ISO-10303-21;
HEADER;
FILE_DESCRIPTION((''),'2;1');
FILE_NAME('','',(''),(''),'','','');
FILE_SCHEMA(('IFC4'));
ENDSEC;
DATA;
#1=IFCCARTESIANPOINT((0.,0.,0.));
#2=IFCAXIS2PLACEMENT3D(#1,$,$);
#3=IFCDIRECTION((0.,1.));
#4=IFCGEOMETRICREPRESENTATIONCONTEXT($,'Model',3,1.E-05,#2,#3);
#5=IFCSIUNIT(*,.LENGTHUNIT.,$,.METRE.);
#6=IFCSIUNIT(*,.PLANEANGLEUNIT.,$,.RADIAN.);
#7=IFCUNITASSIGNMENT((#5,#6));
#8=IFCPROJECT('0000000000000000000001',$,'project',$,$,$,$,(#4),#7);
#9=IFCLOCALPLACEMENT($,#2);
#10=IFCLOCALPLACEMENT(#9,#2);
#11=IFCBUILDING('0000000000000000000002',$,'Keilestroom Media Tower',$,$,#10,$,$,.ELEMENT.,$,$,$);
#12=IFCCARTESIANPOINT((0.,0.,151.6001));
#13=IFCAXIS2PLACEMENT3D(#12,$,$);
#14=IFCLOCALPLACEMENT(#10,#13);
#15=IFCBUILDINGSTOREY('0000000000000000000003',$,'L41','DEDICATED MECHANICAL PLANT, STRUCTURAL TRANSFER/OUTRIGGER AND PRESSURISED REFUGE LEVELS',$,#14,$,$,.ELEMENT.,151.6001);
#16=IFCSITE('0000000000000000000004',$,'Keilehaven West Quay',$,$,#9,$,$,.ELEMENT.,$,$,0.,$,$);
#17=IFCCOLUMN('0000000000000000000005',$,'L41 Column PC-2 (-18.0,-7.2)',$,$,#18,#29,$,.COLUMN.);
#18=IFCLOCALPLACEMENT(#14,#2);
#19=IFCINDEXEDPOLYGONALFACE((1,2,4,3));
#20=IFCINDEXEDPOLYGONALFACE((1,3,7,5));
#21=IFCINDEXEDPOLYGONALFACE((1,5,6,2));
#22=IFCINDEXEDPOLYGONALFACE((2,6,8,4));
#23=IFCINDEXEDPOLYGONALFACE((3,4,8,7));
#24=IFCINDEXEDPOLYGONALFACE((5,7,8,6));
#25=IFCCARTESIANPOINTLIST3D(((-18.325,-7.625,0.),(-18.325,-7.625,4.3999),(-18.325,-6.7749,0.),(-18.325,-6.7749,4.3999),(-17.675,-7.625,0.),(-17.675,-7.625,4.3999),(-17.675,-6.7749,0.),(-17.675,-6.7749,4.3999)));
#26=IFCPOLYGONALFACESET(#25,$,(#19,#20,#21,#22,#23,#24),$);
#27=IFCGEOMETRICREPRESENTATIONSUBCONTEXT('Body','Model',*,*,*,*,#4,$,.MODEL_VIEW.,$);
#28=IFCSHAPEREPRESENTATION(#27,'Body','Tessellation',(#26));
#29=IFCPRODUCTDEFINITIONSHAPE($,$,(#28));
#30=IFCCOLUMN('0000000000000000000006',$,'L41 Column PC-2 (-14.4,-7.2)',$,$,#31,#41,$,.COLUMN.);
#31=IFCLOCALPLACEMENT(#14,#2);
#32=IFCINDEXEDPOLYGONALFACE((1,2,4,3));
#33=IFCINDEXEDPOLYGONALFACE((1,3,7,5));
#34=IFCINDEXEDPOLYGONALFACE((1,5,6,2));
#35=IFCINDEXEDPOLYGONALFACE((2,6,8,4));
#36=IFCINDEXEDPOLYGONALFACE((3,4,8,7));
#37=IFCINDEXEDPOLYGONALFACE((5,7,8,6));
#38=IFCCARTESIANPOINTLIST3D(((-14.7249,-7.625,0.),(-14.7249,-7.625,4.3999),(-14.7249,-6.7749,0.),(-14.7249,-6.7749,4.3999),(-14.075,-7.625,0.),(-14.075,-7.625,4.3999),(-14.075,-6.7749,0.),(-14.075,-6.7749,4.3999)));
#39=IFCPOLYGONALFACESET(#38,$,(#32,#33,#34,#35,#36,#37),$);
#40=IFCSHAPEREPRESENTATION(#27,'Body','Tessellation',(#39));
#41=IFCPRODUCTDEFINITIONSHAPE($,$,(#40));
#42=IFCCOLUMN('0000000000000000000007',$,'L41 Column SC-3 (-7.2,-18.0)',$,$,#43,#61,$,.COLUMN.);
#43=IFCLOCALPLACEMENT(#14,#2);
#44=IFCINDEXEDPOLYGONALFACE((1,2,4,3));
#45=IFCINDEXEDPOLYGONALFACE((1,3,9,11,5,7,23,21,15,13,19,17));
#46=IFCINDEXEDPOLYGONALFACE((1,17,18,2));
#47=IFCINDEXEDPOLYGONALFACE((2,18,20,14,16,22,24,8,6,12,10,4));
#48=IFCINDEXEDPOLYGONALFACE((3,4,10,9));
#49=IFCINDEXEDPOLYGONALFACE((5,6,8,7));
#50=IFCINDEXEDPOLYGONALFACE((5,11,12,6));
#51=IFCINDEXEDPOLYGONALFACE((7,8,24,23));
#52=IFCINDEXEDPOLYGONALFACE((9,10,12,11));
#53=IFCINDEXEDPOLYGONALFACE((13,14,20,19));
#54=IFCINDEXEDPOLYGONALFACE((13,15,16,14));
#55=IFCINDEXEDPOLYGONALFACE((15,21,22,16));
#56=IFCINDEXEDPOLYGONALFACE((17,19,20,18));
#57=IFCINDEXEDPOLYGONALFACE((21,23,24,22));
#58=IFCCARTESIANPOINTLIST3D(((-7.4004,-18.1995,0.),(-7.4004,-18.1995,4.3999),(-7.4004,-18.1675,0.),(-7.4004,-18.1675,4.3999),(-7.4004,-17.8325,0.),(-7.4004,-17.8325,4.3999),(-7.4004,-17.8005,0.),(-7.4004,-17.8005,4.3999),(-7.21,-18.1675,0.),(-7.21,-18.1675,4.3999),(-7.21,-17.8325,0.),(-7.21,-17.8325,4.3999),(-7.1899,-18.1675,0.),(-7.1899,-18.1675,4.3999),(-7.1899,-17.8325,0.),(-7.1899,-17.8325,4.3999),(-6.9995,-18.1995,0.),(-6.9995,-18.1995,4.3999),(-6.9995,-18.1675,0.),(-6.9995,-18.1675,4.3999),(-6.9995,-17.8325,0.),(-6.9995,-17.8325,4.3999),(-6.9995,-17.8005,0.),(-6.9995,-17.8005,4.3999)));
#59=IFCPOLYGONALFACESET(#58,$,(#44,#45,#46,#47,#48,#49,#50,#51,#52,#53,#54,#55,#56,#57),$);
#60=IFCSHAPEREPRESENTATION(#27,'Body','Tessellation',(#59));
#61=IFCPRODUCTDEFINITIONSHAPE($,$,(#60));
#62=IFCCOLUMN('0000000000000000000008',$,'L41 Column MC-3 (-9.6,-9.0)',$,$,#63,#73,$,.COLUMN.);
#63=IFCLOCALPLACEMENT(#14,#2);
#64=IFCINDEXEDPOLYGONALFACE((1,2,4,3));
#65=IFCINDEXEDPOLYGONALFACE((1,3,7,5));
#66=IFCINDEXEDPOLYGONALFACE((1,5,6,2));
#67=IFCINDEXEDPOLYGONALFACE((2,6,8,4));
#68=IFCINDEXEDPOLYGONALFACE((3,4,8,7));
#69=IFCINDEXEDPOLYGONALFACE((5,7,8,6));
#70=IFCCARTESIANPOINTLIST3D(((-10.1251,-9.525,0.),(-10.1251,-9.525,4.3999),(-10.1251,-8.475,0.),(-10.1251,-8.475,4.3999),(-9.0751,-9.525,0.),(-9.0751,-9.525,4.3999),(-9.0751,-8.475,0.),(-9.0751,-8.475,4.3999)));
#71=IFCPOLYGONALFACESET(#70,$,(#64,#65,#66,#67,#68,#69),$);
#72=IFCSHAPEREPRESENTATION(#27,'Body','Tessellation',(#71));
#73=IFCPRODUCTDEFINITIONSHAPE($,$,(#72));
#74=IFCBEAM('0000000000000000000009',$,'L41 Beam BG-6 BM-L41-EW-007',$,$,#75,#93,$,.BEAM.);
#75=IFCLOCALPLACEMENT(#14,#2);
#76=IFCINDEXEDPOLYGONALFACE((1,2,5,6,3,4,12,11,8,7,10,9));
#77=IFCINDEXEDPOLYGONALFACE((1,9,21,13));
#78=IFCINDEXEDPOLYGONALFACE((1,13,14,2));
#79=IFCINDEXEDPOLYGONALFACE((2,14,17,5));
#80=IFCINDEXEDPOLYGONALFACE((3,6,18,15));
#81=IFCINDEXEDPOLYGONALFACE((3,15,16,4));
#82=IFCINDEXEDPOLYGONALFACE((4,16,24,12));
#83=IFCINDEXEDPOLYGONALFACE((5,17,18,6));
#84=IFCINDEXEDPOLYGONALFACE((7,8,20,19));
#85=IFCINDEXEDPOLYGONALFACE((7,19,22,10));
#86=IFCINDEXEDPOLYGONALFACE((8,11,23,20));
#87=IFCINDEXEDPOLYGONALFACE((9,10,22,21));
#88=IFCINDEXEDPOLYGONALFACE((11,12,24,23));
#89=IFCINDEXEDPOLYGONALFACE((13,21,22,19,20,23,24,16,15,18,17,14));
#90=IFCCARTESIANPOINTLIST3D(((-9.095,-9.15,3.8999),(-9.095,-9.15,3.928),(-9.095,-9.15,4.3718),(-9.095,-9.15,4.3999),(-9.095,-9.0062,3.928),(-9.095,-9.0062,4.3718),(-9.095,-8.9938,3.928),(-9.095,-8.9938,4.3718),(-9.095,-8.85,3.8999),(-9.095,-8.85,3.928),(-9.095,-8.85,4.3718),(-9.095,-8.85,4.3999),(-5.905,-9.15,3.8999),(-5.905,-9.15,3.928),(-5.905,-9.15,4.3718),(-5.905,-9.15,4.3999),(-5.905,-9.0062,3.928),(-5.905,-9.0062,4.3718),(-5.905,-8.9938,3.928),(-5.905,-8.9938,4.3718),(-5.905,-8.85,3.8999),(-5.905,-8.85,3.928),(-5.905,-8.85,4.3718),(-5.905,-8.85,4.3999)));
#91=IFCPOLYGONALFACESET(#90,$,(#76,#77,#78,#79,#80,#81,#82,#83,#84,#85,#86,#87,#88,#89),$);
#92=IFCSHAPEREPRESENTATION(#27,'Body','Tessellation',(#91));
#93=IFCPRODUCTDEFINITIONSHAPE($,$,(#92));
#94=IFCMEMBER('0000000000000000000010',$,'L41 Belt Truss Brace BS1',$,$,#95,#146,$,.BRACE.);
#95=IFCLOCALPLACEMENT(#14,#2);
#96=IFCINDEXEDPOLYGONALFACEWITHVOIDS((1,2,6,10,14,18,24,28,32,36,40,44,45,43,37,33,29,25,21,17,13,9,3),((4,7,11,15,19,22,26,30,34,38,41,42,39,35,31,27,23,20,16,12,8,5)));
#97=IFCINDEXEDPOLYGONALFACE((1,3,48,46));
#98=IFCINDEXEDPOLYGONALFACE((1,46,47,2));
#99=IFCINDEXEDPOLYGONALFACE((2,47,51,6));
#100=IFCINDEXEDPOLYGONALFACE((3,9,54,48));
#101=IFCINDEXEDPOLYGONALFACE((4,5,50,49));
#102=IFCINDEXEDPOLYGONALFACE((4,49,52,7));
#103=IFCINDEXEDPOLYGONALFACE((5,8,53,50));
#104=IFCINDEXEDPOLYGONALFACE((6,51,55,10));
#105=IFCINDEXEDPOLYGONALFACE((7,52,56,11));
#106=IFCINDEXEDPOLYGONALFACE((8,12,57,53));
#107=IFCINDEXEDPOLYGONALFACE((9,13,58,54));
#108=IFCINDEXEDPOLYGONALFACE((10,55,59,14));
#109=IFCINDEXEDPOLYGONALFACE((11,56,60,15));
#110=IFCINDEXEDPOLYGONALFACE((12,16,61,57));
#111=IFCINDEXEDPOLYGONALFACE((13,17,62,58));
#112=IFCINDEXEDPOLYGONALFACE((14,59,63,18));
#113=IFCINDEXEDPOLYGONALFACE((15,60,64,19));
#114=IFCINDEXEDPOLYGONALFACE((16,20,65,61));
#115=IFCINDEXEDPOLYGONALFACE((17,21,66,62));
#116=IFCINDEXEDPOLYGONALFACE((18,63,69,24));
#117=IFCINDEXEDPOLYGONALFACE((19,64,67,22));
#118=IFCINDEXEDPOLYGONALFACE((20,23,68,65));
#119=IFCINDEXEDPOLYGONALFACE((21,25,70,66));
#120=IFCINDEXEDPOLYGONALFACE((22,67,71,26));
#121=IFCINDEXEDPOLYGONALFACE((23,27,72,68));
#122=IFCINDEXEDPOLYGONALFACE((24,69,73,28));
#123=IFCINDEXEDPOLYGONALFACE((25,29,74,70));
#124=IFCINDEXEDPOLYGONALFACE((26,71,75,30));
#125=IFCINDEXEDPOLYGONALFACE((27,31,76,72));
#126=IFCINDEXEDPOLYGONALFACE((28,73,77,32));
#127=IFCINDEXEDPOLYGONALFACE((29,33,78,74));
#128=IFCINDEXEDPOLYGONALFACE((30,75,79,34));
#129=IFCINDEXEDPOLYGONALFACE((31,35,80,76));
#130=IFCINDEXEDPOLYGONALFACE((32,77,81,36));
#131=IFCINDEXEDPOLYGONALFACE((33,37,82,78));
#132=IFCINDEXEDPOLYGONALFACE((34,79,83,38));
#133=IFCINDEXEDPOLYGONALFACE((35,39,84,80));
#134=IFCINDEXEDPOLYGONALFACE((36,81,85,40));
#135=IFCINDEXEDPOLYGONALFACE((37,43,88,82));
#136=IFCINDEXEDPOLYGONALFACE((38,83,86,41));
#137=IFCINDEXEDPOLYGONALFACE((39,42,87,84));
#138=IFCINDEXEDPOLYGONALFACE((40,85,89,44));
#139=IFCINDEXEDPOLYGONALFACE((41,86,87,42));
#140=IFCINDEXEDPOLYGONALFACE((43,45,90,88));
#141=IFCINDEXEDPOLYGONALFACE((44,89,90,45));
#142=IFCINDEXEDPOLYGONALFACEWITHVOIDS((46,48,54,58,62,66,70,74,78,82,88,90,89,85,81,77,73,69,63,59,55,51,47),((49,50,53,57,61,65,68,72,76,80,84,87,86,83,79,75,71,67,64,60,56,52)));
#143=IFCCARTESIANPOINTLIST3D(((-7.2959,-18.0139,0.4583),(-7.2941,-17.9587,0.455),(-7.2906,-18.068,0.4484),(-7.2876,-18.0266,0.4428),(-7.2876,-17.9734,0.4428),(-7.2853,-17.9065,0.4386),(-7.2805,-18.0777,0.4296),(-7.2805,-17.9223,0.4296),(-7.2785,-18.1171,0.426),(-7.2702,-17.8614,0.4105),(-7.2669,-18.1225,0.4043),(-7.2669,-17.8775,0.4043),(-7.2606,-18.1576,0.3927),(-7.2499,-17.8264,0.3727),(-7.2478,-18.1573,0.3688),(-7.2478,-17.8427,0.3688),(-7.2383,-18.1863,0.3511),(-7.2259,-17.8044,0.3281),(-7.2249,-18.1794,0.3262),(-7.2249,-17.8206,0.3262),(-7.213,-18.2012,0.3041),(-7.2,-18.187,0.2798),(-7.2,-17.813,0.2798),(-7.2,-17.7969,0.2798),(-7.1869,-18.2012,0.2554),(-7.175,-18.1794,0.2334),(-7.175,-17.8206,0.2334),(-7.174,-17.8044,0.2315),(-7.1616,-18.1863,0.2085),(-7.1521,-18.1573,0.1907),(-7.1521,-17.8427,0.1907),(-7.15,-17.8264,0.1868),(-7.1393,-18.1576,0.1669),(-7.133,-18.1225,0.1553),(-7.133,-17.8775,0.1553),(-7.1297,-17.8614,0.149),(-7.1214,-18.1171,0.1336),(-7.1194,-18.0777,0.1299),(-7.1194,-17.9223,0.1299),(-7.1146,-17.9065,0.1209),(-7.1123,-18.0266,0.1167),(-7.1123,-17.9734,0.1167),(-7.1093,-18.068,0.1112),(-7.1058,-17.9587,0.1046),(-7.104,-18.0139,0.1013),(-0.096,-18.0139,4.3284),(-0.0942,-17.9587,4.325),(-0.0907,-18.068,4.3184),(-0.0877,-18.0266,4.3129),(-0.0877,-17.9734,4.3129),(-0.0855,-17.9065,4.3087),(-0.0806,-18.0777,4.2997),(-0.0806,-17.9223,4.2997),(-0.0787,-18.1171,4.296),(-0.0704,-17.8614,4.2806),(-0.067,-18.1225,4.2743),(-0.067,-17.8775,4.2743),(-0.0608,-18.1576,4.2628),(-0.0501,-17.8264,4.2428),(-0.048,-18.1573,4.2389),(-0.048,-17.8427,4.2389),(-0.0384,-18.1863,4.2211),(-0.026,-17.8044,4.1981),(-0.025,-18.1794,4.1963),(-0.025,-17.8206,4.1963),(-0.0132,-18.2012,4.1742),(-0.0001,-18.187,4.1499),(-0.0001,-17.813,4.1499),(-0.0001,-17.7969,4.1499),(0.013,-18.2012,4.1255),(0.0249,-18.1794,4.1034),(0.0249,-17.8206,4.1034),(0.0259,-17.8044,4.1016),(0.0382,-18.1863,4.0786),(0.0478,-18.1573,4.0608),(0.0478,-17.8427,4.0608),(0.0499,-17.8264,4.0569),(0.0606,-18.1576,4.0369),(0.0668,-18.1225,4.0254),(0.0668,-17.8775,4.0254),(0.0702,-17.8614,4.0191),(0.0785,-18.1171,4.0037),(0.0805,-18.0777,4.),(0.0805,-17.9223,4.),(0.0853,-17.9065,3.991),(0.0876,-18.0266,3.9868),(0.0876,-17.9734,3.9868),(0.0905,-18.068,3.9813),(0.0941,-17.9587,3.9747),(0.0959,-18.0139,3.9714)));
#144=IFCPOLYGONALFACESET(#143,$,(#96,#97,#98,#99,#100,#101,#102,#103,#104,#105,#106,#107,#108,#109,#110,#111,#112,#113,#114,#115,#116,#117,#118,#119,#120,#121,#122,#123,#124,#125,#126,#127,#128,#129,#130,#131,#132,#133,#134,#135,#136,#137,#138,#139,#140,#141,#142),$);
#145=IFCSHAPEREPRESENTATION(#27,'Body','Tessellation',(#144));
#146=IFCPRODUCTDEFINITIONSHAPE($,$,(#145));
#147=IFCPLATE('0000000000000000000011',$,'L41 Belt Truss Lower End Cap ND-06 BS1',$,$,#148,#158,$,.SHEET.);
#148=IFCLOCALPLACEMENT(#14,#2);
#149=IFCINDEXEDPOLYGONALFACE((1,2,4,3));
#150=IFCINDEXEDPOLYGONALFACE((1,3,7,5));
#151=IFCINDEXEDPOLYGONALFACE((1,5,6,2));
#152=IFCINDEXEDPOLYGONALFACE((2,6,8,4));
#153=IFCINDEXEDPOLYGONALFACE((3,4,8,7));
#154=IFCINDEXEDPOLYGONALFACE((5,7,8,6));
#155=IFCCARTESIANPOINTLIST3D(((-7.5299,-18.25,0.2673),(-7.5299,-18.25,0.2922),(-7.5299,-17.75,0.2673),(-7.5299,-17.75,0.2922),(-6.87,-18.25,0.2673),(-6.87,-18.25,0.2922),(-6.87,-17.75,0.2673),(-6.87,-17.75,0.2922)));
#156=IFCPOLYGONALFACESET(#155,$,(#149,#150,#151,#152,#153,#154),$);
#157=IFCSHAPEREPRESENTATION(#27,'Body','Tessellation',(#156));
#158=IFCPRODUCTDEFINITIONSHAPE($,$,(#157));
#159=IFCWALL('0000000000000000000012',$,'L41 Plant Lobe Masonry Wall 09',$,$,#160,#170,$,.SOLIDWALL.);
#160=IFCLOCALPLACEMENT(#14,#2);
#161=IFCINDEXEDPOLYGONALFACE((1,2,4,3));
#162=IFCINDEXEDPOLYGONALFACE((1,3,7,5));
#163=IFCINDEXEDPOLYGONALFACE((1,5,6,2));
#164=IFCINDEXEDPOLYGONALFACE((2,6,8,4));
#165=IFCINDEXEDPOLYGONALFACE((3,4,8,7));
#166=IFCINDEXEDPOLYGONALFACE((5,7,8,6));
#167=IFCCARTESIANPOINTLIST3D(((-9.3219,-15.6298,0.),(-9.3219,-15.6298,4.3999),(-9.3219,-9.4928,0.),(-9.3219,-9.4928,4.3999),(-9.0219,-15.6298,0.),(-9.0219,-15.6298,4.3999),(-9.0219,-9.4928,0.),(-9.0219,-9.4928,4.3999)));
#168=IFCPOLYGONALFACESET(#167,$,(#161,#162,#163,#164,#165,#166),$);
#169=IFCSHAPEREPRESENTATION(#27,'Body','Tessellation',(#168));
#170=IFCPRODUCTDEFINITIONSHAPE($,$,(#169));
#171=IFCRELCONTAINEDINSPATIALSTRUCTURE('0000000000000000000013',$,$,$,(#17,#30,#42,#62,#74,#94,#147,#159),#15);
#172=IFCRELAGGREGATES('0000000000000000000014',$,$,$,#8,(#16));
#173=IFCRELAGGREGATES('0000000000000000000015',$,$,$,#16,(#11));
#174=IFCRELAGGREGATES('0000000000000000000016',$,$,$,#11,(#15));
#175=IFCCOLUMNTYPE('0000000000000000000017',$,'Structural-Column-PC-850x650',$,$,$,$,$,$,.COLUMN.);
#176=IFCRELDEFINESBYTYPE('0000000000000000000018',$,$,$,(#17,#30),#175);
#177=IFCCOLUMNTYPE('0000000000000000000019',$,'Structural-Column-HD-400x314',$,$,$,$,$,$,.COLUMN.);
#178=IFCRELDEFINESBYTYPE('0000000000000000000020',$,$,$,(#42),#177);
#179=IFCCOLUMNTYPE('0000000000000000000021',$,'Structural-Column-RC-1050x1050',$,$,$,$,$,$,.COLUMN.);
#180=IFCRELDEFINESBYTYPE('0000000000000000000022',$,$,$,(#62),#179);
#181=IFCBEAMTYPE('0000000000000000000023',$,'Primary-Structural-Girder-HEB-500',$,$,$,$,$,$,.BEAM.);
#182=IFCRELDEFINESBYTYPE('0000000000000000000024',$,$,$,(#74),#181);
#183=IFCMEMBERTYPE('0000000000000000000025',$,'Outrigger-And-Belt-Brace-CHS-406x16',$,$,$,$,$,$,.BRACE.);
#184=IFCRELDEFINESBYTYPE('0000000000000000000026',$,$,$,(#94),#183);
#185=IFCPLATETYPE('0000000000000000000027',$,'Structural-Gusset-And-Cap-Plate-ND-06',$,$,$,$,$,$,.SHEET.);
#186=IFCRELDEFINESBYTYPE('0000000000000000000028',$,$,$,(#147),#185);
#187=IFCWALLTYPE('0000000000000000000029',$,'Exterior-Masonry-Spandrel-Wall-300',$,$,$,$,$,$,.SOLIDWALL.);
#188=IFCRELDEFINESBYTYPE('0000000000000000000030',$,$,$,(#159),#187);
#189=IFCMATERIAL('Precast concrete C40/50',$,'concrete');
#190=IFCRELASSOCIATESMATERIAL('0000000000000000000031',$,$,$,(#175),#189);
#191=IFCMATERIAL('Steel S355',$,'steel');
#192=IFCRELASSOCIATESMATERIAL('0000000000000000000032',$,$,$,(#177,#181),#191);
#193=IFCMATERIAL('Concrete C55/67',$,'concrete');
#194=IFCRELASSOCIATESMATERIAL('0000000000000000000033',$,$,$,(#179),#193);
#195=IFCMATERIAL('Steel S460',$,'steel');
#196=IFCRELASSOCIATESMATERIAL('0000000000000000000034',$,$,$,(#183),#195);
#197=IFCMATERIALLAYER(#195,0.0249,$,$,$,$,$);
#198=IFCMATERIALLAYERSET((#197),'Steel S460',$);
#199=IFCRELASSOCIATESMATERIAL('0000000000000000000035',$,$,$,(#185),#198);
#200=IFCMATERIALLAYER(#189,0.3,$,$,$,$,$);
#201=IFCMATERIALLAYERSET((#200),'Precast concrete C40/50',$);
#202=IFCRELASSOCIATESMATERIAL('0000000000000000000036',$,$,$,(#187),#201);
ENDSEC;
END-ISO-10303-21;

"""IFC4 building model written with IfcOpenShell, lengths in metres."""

from ifc_helpers import new_model, si_unit, direction, frame, frame_2d, origin, origin_2d, place, context, subcontext, project, spatial, rectangle, hollow_circle, i_section, extrude, source, transform, mapped, material, layer, layer_set, material_profile, profile_set, type_object, element, save


model = new_model("IFC4")

# Units and contexts
model_context = context("Model", 3, precision=1e-05, world=origin(), true_north=direction((0.0, 1.0)))
body_context = subcontext(model_context, "Body", "Model", "MODEL_VIEW")
ifc_project = project(units=[si_unit("LENGTHUNIT", "METRE"), si_unit("PLANEANGLEUNIT", "RADIAN")], contexts=[model_context])

# Site, building, storey
site_placement = place(None, origin())
site = spatial("IfcSite", under=ifc_project, at=site_placement, Name="Keilehaven West Quay", CompositionType="ELEMENT", RefElevation=0.0)
building_placement = place(site_placement, origin())
building = spatial("IfcBuilding", under=site, at=building_placement, Name="Keilestroom Media Tower", CompositionType="ELEMENT")
storey_placement = place(building_placement, frame((0.0, 0.0, 151.6001)))
storey = spatial("IfcBuildingStorey", under=building, at=storey_placement, Name="L41", Description="DEDICATED MECHANICAL PLANT, STRUCTURAL TRANSFER/OUTRIGGER AND PRESSURISED REFUGE LEVELS", CompositionType="ELEMENT", Elevation=151.6001)

# Columns
ifc_material_1 = material(Name="Precast concrete C40/50", Category="concrete")
ifc_material_profile_1 = material_profile(ifc_material_1, rectangle(XDim=0.6499, YDim=0.8501, at=origin_2d()), Name="PC 850x650")
ifc_profile_set_1 = profile_set([ifc_material_profile_1], Name="Precast concrete C40/50")
column_type_1 = type_object("IfcColumnType", Name="Structural-Column-PC-850x650", PredefinedType="COLUMN", material=ifc_profile_set_1)
shared_shape_1 = source(origin(), body_context, "Body", "SweptSolid", [
    extrude(rectangle(XDim=0.6499, YDim=0.8501, at=origin_2d()), origin(), (0.0, 0.0, 1.0), 4.3999),
])
for number, where, z_axis, x_axis, name in (
    (1, (-18.0, -7.2, 0.0), (0.0, 0.0, 1.0), (1.0, 0.0, 0.0), "L41 Column PC-2 (-18.0,-7.2)"),
    (2, (-14.3999, -7.2, 0.0), (0.0, 0.0, 1.0), (1.0, 0.0, 0.0), "L41 Column PC-2 (-14.4,-7.2)"),
):
    element("IfcColumn", number, at=place(storey_placement, frame(where, z_axis=z_axis, x_axis=x_axis)), inside=storey, type_object=column_type_1, Name=name, PredefinedType="COLUMN", context=body_context, shape_type="MappedRepresentation", body=[
        mapped(shared_shape_1, transform((0.0, 0.0, 0.0), x_axis=(1.0, 0.0, 0.0), y_axis=(0.0, 1.0, 0.0), z_axis=(0.0, 0.0, 1.0), scale=1.0)),
    ])
ifc_material_2 = material(Name="Steel S355", Category="steel")
ifc_material_profile_2 = material_profile(ifc_material_2, i_section(OverallWidth=0.4009, OverallDepth=0.3989, WebThickness=0.02, FlangeThickness=0.032, at=origin_2d()), Name="HD 400x314")
ifc_profile_set_2 = profile_set([ifc_material_profile_2], Name="Steel S355")
column_type_2 = type_object("IfcColumnType", Name="Structural-Column-HD-400x314", PredefinedType="COLUMN", material=ifc_profile_set_2)
shared_shape_2 = source(origin(), body_context, "Body", "SweptSolid", [
    extrude(i_section(OverallWidth=0.4009, OverallDepth=0.3989, WebThickness=0.02, FlangeThickness=0.032, at=origin_2d()), origin(), (0.0, 0.0, 1.0), 4.3999),
])
column_1_placement = place(storey_placement, frame((-7.2, -18.0, 0.0), z_axis=(0.0, 0.0, 1.0), x_axis=(1.0, 0.0, 0.0)))
element("IfcColumn", 3, at=column_1_placement, inside=storey, type_object=column_type_2, Name="L41 Column SC-3 (-7.2,-18.0)", PredefinedType="COLUMN", context=body_context, shape_type="MappedRepresentation", body=[
    mapped(shared_shape_2, transform((0.0, 0.0, 0.0), x_axis=(1.0, 0.0, 0.0), y_axis=(0.0, 1.0, 0.0), z_axis=(0.0, 0.0, 1.0), scale=1.0)),
])
ifc_material_3 = material(Name="Concrete C55/67", Category="concrete")
ifc_material_profile_3 = material_profile(ifc_material_3, rectangle(XDim=1.05, YDim=1.05, at=origin_2d()), Name="RC 1050x1050")
ifc_profile_set_3 = profile_set([ifc_material_profile_3], Name="Concrete C55/67")
column_type_3 = type_object("IfcColumnType", Name="Structural-Column-RC-1050x1050", PredefinedType="COLUMN", material=ifc_profile_set_3)
shared_shape_3 = source(origin(), body_context, "Body", "SweptSolid", [
    extrude(rectangle(XDim=1.05, YDim=1.05, at=origin_2d()), origin(), (0.0, 0.0, 1.0), 4.3999),
])
column_2_placement = place(storey_placement, frame((-9.6001, -9.0, 0.0), z_axis=(0.0, 0.0, 1.0), x_axis=(1.0, 0.0, 0.0)))
element("IfcColumn", 4, at=column_2_placement, inside=storey, type_object=column_type_3, Name="L41 Column MC-3 (-9.6,-9.0)", PredefinedType="COLUMN", context=body_context, shape_type="MappedRepresentation", body=[
    mapped(shared_shape_3, transform((0.0, 0.0, 0.0), x_axis=(1.0, 0.0, 0.0), y_axis=(0.0, 1.0, 0.0), z_axis=(0.0, 0.0, 1.0), scale=1.0)),
])

# Beam
ifc_material_profile_4 = material_profile(ifc_material_2, i_section(OverallWidth=0.3, OverallDepth=0.5, WebThickness=0.0125, FlangeThickness=0.0281, at=origin_2d()), Name="HEB 500")
ifc_profile_set_4 = profile_set([ifc_material_profile_4], Name="Steel S355")
beam_type = type_object("IfcBeamType", Name="Primary-Structural-Girder-HEB-500", PredefinedType="BEAM", material=ifc_profile_set_4)
shared_shape_4 = source(origin(), body_context, "Body", "SweptSolid", [
    extrude(i_section(OverallWidth=0.3, OverallDepth=0.5, WebThickness=0.0125, FlangeThickness=0.0281, at=origin_2d()), origin(), (0.0, 0.0, 1.0), 3.1899),
])
beam_placement = place(storey_placement, frame((-9.095, -9.0, 4.1499), z_axis=(1.0, 0.0, 0.0), x_axis=(0.0, 1.0, 0.0)))
element("IfcBeam", 5, at=beam_placement, inside=storey, type_object=beam_type, Name="L41 Beam BG-6 BM-L41-EW-007", PredefinedType="BEAM", context=body_context, shape_type="MappedRepresentation", body=[
    mapped(shared_shape_4, transform((0.0, 0.0, 0.0), x_axis=(1.0, 0.0, 0.0), y_axis=(0.0, 1.0, 0.0), z_axis=(0.0, 0.0, 1.0), scale=1.0)),
])

# Member
ifc_material_4 = material(Name="Steel S460", Category="steel")
ifc_material_profile_5 = material_profile(ifc_material_4, hollow_circle(Radius=0.2031, WallThickness=0.0161, at=origin_2d()), Name="CHS 406.4x16")
ifc_profile_set_5 = profile_set([ifc_material_profile_5], Name="Steel S460")
member_type = type_object("IfcMemberType", Name="Outrigger-And-Belt-Brace-CHS-406x16", PredefinedType="BRACE", material=ifc_profile_set_5)
shared_shape_5 = source(origin(), body_context, "Body", "SweptSolid", [
    extrude(hollow_circle(Radius=0.2031, WallThickness=0.0161, at=origin_2d()), origin(), (0.0, 0.0, 1.0), 8.1741),
])
member_placement = place(storey_placement, frame((-7.2, -18.0, 0.2798), z_axis=(0.880817, 0.0, 0.473457), x_axis=(0.0, 1.0, 0.0)))
element("IfcMember", 6, at=member_placement, inside=storey, type_object=member_type, Name="L41 Belt Truss Brace BS1", PredefinedType="BRACE", context=body_context, shape_type="MappedRepresentation", body=[
    mapped(shared_shape_5, transform((0.0, 0.0, 0.0), x_axis=(1.0, 0.0, 0.0), y_axis=(0.0, 1.0, 0.0), z_axis=(0.0, 0.0, 1.0), scale=1.0)),
])

# Plate
ifc_layer_1 = layer(ifc_material_4, 0.0249)
ifc_layer_set_1 = layer_set([ifc_layer_1], Name="Steel S460")
plate_type = type_object("IfcPlateType", Name="Structural-Gusset-And-Cap-Plate-ND-06", PredefinedType="SHEET", material=ifc_layer_set_1)
shared_shape_6 = source(origin(), body_context, "Body", "SweptSolid", [
    extrude(rectangle(XDim=0.6599, YDim=0.5, at=origin_2d()), origin(), (0.0, 0.0, 1.0), 0.0249),
])
plate_placement = place(storey_placement, frame((-7.2, -18.0, 0.2673), z_axis=(0.0, 0.0, 1.0), x_axis=(1.0, 0.0, 0.0)))
element("IfcPlate", 7, at=plate_placement, inside=storey, type_object=plate_type, Name="L41 Belt Truss Lower End Cap ND-06 BS1", PredefinedType="SHEET", context=body_context, shape_type="MappedRepresentation", body=[
    mapped(shared_shape_6, transform((0.0, 0.0, 0.0), x_axis=(1.0, 0.0, 0.0), y_axis=(0.0, 1.0, 0.0), z_axis=(0.0, 0.0, 1.0), scale=1.0)),
])

# Wall
ifc_layer_2 = layer(ifc_material_1, 0.3)
ifc_layer_set_2 = layer_set([ifc_layer_2], Name="Precast concrete C40/50")
wall_type_1 = type_object("IfcWallType", Name="Exterior-Masonry-Spandrel-Wall-300", PredefinedType="SOLIDWALL", material=ifc_layer_set_2)
wall_1_placement = place(storey_placement, frame((-9.1719, -9.4929, 0.0), z_axis=(0.0, 0.0, 1.0), x_axis=(0.0, -1.0, 0.0)))
element("IfcWall", 8, at=wall_1_placement, inside=storey, type_object=wall_type_1, Name="L41 Plant Lobe Masonry Wall 09", PredefinedType="SOLIDWALL", context=body_context, shape_type="SweptSolid", body=[
    extrude(rectangle(XDim=6.137, YDim=0.3, at=frame_2d((3.0684, 0.0))), origin(), (0.0, 0.0, 1.0), 4.3999),
])

save(model, "model.ifc")
